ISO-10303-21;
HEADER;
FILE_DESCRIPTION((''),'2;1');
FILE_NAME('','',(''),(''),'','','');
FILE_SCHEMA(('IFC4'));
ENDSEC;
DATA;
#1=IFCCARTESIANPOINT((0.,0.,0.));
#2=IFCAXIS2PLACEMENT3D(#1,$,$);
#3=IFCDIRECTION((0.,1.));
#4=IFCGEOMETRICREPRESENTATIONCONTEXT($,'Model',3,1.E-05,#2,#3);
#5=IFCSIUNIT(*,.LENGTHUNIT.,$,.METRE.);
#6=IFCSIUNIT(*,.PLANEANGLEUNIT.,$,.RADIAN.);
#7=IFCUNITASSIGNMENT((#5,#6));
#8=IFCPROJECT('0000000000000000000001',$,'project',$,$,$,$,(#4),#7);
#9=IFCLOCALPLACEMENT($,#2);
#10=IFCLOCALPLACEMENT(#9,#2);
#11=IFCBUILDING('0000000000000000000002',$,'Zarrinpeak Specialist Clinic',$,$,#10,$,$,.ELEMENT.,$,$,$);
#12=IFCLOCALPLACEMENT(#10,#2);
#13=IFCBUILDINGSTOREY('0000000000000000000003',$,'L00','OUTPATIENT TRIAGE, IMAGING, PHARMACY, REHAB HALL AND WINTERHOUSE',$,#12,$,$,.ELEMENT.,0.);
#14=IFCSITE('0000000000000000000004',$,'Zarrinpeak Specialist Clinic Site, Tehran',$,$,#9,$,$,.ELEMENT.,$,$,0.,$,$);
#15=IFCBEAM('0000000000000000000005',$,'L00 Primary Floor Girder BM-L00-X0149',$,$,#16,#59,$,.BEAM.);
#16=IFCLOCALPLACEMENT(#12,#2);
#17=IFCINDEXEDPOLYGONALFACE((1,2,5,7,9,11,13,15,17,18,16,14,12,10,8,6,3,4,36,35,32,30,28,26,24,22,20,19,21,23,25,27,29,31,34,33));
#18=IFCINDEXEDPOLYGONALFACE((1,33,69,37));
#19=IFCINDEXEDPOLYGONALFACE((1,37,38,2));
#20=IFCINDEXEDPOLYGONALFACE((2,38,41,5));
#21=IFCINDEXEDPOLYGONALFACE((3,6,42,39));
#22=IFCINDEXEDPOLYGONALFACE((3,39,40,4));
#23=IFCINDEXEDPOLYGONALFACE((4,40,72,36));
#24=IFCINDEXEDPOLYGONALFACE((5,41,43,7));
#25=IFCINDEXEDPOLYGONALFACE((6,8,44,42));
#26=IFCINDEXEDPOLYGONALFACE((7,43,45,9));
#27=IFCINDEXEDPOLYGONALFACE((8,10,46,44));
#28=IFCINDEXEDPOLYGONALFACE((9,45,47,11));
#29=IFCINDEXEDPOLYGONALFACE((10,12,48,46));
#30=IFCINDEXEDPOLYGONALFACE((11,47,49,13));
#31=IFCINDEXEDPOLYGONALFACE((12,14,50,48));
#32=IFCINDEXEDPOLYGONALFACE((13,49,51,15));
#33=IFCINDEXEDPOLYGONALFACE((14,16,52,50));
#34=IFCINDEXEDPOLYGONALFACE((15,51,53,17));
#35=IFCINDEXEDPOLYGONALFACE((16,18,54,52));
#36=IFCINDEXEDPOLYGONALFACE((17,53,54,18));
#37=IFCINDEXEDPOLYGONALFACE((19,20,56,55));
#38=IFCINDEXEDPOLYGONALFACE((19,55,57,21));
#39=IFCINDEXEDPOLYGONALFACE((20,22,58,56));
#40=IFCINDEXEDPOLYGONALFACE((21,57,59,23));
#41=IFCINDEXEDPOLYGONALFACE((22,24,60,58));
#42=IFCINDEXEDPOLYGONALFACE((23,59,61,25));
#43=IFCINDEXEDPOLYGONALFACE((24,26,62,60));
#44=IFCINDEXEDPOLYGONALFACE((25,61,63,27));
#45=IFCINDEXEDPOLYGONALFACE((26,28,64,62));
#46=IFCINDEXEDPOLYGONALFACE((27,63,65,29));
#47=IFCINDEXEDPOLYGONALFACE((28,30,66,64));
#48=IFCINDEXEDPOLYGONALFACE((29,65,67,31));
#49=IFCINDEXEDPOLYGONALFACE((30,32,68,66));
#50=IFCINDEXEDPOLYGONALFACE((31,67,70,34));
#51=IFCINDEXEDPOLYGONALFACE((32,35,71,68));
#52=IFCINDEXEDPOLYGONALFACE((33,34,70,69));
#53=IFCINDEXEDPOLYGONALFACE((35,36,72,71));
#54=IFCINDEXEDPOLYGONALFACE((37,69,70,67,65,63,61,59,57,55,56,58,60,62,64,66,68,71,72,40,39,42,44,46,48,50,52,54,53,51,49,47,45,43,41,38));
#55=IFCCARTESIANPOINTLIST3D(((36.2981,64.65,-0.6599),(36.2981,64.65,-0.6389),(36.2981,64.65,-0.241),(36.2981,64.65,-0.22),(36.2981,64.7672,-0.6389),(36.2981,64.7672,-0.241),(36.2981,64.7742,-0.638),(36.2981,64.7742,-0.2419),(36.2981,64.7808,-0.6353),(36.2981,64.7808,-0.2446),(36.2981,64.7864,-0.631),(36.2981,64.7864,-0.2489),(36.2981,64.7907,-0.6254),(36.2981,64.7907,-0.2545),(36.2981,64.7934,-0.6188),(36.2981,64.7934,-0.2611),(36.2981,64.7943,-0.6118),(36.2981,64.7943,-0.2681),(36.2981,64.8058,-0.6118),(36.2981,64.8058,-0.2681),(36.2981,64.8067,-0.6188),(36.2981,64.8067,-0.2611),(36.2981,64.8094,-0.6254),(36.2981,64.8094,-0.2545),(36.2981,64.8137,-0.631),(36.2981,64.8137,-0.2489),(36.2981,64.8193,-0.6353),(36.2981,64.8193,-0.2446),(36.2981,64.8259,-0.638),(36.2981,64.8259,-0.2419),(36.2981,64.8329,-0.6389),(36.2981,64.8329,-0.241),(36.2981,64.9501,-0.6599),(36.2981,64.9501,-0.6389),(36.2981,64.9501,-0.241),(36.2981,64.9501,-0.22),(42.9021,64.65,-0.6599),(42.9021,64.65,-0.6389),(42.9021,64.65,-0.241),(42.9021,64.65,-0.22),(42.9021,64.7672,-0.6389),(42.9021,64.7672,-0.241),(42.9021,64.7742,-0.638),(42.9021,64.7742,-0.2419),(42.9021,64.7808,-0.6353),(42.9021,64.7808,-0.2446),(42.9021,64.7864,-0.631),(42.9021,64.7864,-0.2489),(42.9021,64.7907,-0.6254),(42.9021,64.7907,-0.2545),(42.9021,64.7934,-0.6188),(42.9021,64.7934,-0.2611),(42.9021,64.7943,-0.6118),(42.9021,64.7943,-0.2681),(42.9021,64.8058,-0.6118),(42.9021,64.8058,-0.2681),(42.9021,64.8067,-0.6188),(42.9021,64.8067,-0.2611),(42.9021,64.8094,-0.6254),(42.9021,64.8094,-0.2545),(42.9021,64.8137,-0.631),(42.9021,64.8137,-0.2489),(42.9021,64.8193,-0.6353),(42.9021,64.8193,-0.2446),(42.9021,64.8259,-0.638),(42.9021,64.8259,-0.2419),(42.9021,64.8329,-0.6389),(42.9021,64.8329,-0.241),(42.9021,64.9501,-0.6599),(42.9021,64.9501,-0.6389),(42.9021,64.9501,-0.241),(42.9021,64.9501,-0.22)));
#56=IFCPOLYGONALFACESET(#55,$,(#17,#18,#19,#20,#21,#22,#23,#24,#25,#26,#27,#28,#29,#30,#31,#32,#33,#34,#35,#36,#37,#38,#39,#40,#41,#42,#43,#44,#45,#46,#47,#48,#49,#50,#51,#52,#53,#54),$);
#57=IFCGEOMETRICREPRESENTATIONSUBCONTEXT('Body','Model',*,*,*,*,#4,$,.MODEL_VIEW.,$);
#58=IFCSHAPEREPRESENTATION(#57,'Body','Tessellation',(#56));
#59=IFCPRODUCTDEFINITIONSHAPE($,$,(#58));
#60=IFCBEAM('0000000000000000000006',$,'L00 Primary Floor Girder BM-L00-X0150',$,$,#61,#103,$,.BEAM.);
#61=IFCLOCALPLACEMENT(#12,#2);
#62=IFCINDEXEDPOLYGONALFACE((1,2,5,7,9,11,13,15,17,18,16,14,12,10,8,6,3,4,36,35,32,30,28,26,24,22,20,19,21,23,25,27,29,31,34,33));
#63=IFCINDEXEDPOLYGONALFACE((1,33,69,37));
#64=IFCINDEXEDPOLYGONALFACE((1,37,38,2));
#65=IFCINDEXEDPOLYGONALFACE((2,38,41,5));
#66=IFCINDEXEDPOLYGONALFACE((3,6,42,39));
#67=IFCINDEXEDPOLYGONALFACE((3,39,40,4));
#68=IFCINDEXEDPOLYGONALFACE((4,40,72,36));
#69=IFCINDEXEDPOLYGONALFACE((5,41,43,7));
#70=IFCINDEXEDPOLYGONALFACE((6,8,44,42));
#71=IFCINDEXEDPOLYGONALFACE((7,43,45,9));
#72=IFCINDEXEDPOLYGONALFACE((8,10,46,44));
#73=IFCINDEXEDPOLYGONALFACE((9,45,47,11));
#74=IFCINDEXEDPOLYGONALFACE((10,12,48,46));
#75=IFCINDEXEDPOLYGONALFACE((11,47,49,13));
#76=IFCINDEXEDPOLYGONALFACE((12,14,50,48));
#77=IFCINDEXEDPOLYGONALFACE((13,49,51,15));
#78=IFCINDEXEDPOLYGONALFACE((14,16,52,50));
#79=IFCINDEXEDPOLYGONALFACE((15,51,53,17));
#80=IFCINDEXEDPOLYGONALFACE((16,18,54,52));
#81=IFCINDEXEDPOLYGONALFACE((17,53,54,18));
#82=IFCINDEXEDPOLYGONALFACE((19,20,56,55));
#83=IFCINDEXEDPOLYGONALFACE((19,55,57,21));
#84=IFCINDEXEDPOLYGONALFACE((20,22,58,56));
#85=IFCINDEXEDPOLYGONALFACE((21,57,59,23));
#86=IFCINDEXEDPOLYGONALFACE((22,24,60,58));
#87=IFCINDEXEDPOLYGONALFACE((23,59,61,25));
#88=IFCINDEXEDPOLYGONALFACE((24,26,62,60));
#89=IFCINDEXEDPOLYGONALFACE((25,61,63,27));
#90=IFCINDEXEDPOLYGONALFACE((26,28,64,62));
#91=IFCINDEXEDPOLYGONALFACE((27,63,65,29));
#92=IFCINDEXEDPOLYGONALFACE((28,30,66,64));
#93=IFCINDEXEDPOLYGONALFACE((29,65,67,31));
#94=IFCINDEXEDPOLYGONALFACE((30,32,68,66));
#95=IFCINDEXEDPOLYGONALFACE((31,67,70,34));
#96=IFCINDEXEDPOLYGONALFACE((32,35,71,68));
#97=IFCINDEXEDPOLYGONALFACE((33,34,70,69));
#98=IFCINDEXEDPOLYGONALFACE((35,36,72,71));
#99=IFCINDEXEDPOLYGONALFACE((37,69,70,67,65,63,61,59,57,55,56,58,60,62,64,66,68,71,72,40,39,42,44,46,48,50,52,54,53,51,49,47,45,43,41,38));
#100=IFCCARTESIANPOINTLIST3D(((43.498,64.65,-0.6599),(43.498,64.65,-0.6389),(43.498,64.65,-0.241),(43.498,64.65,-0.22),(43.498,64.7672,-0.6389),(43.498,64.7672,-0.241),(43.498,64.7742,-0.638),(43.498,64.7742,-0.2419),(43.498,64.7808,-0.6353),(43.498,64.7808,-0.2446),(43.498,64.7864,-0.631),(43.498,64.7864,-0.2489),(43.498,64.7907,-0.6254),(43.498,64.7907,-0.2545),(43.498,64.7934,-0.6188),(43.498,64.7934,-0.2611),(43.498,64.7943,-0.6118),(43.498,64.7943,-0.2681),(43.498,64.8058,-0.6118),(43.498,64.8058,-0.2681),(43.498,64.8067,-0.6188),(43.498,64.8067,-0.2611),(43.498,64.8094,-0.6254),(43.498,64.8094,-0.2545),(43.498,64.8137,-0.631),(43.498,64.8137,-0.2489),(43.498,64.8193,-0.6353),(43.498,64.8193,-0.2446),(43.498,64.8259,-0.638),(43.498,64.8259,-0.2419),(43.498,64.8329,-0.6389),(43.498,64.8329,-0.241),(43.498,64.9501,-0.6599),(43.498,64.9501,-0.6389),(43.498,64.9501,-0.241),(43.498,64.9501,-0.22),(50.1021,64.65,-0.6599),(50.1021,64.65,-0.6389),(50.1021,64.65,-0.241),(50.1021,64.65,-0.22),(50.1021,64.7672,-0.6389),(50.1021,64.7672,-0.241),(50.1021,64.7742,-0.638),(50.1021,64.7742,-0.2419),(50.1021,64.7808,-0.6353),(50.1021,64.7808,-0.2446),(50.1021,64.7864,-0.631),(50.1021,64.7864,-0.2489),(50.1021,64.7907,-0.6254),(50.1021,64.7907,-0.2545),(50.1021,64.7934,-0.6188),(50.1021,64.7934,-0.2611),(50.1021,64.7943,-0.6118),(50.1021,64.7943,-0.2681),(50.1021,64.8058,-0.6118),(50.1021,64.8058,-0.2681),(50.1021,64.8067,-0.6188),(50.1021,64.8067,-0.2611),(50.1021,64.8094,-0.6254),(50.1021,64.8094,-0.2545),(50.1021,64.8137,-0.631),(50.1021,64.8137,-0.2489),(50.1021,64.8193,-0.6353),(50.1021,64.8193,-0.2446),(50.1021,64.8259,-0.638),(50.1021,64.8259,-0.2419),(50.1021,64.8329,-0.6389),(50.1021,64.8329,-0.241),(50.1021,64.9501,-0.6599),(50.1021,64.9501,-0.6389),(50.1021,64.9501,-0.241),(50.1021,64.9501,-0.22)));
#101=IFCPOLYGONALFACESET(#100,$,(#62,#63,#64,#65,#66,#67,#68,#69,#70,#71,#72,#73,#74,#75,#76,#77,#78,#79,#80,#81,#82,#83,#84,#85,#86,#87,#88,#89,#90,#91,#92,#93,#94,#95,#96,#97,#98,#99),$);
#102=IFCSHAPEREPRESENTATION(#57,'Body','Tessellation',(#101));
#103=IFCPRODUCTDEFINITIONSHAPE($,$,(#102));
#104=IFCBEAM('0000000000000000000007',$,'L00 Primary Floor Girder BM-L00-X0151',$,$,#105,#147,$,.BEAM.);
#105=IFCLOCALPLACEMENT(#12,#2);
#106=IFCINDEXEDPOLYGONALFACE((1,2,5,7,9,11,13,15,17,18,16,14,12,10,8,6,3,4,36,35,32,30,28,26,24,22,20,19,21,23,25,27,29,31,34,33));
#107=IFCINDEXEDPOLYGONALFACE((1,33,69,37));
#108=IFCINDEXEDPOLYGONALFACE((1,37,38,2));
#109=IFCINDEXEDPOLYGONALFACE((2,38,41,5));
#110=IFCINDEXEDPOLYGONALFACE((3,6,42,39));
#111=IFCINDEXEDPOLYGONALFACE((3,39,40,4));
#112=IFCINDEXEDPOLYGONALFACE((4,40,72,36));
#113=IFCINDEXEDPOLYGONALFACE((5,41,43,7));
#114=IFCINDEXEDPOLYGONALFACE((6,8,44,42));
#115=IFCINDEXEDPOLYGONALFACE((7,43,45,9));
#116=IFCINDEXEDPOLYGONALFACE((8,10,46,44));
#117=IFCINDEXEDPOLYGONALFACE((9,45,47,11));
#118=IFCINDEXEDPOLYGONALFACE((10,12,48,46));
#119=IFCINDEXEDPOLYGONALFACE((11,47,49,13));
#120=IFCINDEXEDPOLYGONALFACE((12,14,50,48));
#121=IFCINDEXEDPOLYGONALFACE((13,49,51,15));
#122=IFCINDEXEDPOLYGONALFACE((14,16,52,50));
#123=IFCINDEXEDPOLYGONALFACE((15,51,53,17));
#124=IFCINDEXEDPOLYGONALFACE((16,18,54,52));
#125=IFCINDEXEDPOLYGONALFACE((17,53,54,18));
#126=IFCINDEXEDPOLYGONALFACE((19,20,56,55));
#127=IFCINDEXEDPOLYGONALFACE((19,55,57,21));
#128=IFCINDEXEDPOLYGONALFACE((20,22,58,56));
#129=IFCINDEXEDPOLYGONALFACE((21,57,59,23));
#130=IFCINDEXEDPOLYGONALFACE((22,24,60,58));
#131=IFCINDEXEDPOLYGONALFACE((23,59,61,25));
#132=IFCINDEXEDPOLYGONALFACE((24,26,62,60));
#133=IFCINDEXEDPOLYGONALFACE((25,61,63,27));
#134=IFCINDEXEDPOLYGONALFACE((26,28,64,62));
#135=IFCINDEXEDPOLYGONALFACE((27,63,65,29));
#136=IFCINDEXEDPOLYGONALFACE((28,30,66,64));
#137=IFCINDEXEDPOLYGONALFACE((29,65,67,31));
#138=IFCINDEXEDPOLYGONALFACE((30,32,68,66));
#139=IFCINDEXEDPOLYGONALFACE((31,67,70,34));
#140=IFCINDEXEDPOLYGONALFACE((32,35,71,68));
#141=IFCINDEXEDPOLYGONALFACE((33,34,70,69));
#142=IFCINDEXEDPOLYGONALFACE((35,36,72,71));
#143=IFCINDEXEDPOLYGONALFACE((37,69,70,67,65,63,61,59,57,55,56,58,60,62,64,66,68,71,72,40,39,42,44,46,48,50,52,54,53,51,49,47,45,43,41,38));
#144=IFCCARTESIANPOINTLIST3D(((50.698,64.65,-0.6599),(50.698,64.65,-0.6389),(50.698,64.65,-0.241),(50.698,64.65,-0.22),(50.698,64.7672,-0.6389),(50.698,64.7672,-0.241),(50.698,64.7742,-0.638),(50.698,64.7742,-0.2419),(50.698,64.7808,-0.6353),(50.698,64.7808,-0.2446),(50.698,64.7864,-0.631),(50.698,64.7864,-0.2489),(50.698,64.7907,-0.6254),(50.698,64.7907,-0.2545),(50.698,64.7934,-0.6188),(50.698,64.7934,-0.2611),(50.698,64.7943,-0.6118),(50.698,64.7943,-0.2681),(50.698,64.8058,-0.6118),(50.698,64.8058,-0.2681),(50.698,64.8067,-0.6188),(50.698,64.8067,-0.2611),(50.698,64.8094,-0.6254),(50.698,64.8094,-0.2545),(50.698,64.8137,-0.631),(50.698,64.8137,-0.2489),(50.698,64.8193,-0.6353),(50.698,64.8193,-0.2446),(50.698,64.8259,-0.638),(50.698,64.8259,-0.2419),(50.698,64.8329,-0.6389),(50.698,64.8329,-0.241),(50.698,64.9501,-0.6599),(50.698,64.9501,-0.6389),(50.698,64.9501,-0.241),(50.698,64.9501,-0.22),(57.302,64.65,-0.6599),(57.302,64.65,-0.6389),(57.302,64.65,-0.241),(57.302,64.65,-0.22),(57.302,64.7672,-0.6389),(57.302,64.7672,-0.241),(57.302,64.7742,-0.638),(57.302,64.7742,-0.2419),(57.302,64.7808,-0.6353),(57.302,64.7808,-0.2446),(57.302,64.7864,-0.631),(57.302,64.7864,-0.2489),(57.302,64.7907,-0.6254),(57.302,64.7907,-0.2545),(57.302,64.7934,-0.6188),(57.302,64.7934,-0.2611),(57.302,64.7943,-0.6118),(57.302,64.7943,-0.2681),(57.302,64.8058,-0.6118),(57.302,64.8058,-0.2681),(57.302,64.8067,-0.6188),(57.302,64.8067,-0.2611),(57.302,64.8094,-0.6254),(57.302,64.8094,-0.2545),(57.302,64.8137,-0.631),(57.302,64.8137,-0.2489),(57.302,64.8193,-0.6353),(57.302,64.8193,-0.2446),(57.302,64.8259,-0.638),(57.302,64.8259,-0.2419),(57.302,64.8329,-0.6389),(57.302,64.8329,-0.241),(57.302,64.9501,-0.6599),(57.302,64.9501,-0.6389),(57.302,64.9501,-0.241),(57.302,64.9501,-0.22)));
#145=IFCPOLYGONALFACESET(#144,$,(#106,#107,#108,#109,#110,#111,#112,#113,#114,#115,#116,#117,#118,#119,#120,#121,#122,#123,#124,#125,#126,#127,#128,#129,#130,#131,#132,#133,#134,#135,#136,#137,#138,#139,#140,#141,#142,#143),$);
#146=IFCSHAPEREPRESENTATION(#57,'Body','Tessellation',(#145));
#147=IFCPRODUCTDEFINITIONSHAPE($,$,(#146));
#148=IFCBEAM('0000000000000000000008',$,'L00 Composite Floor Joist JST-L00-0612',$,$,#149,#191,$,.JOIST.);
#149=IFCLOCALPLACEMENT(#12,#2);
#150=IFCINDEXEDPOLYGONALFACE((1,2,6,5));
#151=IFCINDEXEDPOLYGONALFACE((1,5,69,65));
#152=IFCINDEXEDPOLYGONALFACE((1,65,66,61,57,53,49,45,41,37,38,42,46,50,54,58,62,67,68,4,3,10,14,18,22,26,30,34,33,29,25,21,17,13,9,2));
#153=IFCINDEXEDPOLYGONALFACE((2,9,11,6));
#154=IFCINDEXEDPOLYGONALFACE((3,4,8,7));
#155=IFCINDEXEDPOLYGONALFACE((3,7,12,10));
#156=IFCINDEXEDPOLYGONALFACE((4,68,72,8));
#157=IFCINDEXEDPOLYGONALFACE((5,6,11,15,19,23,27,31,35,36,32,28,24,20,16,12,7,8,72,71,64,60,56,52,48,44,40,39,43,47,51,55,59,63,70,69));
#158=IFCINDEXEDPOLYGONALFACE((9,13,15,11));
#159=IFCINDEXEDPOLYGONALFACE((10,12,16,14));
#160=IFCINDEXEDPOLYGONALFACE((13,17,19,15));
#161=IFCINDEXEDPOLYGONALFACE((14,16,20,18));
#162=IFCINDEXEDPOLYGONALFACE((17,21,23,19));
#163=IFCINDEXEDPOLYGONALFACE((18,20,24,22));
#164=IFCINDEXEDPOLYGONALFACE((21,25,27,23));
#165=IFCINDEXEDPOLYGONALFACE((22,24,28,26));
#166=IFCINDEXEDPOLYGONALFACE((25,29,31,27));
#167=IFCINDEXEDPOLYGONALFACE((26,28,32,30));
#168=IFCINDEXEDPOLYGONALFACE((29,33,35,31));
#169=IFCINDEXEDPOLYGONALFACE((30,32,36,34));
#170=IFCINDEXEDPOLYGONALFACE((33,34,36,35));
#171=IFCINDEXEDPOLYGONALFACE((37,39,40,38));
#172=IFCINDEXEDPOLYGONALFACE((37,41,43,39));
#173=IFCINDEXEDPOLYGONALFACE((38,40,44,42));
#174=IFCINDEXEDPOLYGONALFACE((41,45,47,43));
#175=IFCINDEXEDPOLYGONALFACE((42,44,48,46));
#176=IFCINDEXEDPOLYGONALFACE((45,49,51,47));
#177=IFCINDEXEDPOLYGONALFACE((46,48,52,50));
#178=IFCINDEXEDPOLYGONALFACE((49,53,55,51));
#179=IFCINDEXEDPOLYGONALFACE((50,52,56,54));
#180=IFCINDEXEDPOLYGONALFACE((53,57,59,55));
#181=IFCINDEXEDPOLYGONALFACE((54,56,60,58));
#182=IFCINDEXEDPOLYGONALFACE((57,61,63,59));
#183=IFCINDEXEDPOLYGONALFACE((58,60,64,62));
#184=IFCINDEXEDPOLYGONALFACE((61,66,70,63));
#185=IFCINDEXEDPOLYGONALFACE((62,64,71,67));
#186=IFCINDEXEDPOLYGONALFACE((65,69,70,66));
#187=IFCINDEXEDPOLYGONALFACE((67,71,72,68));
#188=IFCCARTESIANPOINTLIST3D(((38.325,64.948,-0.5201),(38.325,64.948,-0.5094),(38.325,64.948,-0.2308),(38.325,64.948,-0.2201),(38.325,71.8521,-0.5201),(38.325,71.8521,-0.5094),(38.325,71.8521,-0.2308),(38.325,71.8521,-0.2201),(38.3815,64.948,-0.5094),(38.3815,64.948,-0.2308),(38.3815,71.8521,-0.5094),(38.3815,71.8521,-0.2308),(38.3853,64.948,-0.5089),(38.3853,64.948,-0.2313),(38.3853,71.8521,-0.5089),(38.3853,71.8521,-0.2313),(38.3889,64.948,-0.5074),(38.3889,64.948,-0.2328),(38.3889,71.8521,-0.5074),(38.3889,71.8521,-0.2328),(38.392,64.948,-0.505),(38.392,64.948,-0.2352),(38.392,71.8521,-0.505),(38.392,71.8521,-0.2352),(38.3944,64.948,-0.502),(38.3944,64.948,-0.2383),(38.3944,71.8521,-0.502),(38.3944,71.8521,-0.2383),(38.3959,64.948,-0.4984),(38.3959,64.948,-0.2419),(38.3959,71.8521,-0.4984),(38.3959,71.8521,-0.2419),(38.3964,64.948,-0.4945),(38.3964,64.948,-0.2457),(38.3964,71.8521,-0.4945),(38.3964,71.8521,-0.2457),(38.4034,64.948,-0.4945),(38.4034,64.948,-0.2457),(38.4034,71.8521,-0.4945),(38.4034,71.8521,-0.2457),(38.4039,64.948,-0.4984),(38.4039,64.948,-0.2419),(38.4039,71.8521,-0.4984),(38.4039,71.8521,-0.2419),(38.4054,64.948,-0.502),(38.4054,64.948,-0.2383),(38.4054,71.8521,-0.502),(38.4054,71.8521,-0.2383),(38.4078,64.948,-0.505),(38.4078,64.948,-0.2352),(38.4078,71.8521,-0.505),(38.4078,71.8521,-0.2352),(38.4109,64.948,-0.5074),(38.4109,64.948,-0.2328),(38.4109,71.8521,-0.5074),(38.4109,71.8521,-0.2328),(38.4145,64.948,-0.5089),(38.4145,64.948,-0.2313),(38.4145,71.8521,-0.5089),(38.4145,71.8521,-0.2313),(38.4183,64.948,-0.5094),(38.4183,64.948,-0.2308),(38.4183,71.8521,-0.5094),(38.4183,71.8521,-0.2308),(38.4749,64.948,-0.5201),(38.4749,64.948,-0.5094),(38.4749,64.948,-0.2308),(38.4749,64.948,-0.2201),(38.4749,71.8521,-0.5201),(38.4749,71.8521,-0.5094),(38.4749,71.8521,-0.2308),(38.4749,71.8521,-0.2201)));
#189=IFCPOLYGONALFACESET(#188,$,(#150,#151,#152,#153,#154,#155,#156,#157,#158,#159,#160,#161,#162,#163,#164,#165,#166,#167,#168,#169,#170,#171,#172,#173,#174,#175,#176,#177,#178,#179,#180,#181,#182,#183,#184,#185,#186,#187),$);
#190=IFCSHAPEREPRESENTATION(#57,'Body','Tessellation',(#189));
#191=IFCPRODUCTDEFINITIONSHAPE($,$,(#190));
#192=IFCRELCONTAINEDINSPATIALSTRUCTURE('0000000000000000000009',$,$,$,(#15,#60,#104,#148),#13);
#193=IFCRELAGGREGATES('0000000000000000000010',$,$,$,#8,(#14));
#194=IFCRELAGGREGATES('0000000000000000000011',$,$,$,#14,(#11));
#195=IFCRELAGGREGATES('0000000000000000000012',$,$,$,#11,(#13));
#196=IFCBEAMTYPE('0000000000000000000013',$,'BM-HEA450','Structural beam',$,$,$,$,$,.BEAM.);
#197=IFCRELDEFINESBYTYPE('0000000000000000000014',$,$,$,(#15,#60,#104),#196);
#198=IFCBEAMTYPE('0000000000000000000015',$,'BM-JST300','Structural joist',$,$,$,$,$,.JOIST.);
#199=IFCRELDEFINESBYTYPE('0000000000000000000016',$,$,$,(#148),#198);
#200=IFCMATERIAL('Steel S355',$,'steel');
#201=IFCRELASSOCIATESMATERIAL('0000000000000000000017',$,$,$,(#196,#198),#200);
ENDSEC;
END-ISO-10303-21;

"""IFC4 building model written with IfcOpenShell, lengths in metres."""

from ifc_helpers import new_model, si_unit, direction, frame, origin, origin_2d, place, context, subcontext, project, spatial, i_section, extrude, material, material_profile, profile_set, type_object, element, save


model = new_model("IFC4")

# Units and contexts
model_context = context("Model", 3, precision=1e-05, world=origin(), true_north=direction((0.0, 1.0)))
body_context = subcontext(model_context, "Body", "Model", "MODEL_VIEW")
ifc_project = project(units=[si_unit("LENGTHUNIT", "METRE"), si_unit("PLANEANGLEUNIT", "RADIAN")], contexts=[model_context])

# Site, building, storey
site_placement = place(None, origin())
site = spatial("IfcSite", under=ifc_project, at=site_placement, Name="Zarrinpeak Specialist Clinic Site, Tehran", CompositionType="ELEMENT", RefElevation=0.0)
building_placement = place(site_placement, origin())
building = spatial("IfcBuilding", under=site, at=building_placement, Name="Zarrinpeak Specialist Clinic", CompositionType="ELEMENT")
storey_placement = place(building_placement, origin())
storey = spatial("IfcBuildingStorey", under=building, at=storey_placement, Name="L00", Description="OUTPATIENT TRIAGE, IMAGING, PHARMACY, REHAB HALL AND WINTERHOUSE", CompositionType="ELEMENT", Elevation=0.0)

# Beams
ifc_material_1 = material(Name="Steel S355", Category="steel")
ifc_material_profile_1 = material_profile(ifc_material_1, i_section(OverallWidth=0.3, OverallDepth=0.4399, WebThickness=0.0115, FlangeThickness=0.021, FilletRadius=0.0271, at=origin_2d()), Name="HEA 450")
ifc_profile_set_1 = profile_set([ifc_material_profile_1], Name="Steel S355")
beam_type_1 = type_object("IfcBeamType", Name="BM-HEA450", Description="Structural beam", PredefinedType="BEAM", material=ifc_profile_set_1)
for number, where, z_axis, x_axis, name in (
    (1, (36.2981, 64.8, -0.4399), (1.0, 0.0, 0.0), (0.0, 1.0, 0.0), "L00 Primary Floor Girder BM-L00-X0149"),
    (2, (43.498, 64.8, -0.4399), (1.0, 0.0, 0.0), (0.0, 1.0, 0.0), "L00 Primary Floor Girder BM-L00-X0150"),
    (3, (50.698, 64.8, -0.4399), (1.0, 0.0, 0.0), (0.0, 1.0, 0.0), "L00 Primary Floor Girder BM-L00-X0151"),
):
    element("IfcBeam", number, at=place(storey_placement, frame(where, z_axis=z_axis, x_axis=x_axis)), inside=storey, type_object=beam_type_1, Name=name, PredefinedType="BEAM", context=body_context, shape_type="SweptSolid", body=[
        extrude(i_section(OverallWidth=0.3, OverallDepth=0.4399, WebThickness=0.0115, FlangeThickness=0.021, FilletRadius=0.0271, at=origin_2d()), origin(), (0.0, 0.0, 1.0), 6.604),
    ])
ifc_material_profile_2 = material_profile(ifc_material_1, i_section(OverallWidth=0.1499, OverallDepth=0.3, WebThickness=0.0071, FlangeThickness=0.0107, FilletRadius=0.0149, at=origin_2d()), Name="IPE 300")
ifc_profile_set_2 = profile_set([ifc_material_profile_2], Name="Steel S355")
beam_type_2 = type_object("IfcBeamType", Name="BM-JST300", Description="Structural joist", PredefinedType="JOIST", material=ifc_profile_set_2)
for number, where, z_axis, x_axis, name in (
    (4, (38.3999, 64.948, -0.3701), (0.0, 1.0, 0.0), (-1.0, 0.0, 0.0), "L00 Composite Floor Joist JST-L00-0612"),
):
    element("IfcBeam", number, at=place(storey_placement, frame(where, z_axis=z_axis, x_axis=x_axis)), inside=storey, type_object=beam_type_2, Name=name, PredefinedType="JOIST", context=body_context, shape_type="SweptSolid", body=[
        extrude(i_section(OverallWidth=0.1499, OverallDepth=0.3, WebThickness=0.0071, FlangeThickness=0.0107, FilletRadius=0.0149, at=origin_2d()), origin(), (0.0, 0.0, 1.0), 6.9041),
    ])

save(model, "model.ifc")
